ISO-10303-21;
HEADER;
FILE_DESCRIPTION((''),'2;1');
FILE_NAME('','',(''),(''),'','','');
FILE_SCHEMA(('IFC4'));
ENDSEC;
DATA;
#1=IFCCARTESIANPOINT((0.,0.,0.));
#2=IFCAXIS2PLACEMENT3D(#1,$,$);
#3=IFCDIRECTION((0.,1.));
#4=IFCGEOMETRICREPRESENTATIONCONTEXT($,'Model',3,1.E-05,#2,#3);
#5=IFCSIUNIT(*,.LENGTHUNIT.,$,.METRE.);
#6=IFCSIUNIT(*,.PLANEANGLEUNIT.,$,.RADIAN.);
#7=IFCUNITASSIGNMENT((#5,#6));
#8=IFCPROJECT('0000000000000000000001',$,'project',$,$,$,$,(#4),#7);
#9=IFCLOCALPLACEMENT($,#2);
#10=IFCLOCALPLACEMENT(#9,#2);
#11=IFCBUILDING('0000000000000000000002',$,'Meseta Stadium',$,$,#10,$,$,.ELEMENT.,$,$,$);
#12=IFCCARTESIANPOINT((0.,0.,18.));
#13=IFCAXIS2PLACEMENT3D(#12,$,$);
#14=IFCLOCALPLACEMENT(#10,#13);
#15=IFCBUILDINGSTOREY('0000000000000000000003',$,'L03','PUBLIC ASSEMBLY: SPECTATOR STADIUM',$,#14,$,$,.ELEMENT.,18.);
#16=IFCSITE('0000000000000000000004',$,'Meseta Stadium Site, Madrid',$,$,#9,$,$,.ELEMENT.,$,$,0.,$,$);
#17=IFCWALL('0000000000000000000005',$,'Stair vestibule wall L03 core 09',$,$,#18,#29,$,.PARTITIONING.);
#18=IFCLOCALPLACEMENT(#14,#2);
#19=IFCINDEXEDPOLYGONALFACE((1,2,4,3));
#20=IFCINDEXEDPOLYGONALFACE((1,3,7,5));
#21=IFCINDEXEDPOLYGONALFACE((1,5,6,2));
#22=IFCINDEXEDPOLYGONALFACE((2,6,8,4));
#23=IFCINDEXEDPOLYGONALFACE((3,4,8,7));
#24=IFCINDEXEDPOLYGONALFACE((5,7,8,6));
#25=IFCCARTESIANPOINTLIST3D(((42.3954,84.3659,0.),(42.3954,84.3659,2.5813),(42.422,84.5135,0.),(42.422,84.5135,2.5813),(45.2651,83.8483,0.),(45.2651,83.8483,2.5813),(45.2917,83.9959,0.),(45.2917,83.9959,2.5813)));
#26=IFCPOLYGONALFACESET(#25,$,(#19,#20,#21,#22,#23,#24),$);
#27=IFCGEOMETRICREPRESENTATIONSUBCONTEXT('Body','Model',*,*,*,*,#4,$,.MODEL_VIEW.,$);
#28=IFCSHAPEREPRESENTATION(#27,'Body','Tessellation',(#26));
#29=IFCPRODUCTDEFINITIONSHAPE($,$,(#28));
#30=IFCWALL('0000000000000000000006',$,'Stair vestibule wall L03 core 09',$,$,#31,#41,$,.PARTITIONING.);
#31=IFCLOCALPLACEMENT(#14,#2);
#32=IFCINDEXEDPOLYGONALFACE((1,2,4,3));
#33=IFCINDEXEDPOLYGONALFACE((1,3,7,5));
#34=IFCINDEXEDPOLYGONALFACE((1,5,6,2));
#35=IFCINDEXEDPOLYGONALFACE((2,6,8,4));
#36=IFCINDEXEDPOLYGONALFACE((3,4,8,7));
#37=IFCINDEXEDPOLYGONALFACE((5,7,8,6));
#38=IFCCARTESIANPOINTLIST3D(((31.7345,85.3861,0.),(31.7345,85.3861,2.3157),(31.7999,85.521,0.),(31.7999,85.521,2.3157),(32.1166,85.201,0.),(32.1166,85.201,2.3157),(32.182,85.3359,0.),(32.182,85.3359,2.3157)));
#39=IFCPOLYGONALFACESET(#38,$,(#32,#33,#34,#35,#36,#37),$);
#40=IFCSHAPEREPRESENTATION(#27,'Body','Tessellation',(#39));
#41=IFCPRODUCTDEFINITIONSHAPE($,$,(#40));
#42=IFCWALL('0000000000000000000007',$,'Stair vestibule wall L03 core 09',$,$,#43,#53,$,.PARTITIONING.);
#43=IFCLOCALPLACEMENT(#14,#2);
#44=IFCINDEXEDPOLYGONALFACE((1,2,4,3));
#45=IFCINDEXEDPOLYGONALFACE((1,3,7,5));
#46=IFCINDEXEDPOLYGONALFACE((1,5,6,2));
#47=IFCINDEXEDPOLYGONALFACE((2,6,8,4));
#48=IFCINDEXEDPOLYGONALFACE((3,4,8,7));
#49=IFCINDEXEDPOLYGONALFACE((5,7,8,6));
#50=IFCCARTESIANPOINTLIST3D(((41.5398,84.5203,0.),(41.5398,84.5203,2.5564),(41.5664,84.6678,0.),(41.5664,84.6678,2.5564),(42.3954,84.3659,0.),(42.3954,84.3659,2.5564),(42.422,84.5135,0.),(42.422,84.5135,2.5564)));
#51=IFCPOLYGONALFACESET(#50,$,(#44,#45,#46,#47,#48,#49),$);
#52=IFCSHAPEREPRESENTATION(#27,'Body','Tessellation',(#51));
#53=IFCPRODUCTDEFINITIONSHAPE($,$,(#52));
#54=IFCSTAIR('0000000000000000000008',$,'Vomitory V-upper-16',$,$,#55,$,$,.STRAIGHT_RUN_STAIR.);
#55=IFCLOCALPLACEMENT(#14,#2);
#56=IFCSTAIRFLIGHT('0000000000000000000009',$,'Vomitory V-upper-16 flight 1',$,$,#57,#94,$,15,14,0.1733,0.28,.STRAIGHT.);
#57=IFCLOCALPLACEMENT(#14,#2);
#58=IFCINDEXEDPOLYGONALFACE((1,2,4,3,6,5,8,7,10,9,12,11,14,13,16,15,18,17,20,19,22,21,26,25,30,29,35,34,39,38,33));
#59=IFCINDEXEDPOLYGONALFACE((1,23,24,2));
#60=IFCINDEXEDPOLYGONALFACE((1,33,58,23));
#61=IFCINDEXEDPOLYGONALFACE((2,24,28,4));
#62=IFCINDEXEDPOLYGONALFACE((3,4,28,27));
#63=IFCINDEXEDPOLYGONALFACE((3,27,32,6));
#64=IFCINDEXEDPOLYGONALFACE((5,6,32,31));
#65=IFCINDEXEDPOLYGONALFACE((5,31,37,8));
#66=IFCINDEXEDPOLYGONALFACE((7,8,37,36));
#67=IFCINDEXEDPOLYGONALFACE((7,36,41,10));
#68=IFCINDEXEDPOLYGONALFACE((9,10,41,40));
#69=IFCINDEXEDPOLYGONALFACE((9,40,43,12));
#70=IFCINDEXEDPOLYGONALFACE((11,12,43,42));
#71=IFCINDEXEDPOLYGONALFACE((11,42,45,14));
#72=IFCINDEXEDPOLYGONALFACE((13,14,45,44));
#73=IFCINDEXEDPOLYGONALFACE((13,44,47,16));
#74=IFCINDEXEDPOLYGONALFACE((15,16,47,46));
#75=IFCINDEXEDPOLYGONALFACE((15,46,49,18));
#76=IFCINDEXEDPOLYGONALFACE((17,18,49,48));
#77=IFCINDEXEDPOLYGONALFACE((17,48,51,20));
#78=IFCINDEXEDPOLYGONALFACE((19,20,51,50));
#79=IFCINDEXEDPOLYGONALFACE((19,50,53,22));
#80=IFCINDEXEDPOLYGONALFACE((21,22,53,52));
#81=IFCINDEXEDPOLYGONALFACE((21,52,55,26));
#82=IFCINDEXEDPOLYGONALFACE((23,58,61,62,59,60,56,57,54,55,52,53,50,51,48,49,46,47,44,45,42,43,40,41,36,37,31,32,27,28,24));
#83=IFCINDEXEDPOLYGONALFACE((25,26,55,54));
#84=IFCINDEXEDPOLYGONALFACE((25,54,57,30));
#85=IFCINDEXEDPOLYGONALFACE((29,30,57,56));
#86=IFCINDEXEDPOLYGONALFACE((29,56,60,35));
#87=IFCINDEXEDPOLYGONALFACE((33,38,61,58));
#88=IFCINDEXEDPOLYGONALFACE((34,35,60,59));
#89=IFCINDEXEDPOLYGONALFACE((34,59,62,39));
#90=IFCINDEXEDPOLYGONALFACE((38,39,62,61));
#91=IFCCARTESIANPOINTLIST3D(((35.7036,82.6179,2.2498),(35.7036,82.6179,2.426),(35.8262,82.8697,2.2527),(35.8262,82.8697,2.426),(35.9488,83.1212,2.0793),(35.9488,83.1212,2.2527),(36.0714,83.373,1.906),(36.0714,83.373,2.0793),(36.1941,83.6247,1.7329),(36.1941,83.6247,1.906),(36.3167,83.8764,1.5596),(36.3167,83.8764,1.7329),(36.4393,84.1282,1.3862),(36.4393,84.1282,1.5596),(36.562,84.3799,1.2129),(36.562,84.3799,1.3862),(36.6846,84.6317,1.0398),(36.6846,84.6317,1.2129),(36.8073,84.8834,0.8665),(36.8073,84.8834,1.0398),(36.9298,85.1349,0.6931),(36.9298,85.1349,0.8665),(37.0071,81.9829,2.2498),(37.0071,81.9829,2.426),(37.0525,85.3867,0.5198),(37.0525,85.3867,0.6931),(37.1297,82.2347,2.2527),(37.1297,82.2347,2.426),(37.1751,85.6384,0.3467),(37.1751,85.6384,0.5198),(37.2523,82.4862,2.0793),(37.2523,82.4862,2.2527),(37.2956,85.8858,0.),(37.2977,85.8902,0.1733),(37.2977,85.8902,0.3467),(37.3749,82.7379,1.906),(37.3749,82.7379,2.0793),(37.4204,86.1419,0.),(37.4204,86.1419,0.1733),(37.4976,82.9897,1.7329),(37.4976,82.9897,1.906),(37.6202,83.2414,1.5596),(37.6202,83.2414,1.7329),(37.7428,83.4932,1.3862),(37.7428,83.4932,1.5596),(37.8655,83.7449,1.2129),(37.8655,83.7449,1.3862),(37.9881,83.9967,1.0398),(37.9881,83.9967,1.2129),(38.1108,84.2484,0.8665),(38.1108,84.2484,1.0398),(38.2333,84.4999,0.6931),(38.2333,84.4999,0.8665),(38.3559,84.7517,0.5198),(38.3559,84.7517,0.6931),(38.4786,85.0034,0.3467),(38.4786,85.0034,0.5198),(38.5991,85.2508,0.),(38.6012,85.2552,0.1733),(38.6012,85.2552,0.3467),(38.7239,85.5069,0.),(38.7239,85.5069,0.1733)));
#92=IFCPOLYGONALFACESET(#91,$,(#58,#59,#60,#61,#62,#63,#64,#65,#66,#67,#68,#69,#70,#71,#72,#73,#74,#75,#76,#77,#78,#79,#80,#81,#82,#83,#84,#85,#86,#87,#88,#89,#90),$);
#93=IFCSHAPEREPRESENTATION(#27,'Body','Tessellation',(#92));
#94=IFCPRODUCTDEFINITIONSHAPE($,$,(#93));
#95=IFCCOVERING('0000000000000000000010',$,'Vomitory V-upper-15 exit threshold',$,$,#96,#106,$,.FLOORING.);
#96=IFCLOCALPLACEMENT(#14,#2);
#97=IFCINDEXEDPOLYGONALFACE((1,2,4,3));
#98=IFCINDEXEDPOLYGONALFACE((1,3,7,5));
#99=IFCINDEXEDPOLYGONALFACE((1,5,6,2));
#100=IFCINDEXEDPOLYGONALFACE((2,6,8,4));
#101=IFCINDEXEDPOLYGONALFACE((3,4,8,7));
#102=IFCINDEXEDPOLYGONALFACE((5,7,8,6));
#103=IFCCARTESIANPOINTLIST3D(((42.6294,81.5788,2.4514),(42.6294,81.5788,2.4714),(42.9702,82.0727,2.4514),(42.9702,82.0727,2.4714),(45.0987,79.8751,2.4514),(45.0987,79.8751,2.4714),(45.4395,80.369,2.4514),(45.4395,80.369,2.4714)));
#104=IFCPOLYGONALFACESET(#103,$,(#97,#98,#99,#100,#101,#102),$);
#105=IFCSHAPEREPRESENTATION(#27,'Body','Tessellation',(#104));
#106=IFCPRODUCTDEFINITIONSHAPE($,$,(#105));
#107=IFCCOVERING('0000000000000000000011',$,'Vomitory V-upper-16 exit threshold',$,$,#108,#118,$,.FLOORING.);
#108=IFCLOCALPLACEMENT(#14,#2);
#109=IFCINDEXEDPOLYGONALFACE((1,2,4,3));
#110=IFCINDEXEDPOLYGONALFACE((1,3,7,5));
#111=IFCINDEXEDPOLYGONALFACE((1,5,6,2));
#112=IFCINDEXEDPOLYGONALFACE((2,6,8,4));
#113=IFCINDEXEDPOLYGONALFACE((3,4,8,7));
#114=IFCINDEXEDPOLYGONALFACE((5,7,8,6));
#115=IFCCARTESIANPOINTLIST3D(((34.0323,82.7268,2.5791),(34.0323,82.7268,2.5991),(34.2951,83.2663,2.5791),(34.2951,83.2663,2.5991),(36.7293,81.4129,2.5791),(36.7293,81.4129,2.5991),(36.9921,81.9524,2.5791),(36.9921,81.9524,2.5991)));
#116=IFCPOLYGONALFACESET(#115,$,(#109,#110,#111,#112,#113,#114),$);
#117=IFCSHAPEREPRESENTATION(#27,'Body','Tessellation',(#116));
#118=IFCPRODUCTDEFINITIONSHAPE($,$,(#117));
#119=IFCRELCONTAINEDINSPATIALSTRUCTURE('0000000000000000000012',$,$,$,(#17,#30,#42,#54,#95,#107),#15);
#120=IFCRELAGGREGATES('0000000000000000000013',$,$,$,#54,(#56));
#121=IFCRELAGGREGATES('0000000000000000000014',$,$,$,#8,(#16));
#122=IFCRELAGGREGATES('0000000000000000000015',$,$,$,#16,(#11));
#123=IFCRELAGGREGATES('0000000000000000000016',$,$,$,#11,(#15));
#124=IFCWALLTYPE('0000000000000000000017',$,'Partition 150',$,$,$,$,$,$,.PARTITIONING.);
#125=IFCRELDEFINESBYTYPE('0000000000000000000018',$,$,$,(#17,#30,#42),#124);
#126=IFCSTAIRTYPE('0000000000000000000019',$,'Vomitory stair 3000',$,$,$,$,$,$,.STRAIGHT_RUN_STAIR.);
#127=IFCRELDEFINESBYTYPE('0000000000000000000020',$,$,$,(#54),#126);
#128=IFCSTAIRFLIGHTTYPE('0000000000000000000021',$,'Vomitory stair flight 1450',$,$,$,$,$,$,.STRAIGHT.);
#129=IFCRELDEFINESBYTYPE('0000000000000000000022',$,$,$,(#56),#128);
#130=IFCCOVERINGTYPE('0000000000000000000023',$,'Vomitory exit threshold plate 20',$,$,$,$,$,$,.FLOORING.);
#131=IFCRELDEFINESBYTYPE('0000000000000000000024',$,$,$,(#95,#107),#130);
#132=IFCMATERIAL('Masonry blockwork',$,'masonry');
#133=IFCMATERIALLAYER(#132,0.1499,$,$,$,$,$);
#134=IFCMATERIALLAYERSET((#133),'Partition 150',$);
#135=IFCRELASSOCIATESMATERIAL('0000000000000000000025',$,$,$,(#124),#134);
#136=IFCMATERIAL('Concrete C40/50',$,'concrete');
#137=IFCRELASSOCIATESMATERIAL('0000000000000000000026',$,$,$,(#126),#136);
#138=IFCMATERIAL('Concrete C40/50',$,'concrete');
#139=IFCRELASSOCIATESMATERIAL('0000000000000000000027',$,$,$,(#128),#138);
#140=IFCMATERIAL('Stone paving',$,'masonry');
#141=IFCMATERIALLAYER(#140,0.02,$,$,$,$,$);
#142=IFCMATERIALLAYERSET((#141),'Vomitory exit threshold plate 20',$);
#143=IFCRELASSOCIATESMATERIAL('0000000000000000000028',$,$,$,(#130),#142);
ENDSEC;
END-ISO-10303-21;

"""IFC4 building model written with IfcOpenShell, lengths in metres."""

from ifc_helpers import new_model, si_unit, direction, frame, frame_2d, origin, origin_2d, place, context, subcontext, project, spatial, polyline, rectangle, outline, extrude, material, layer, layer_set, type_object, element, aggregate, save


model = new_model("IFC4")

# Units and contexts
model_context = context("Model", 3, precision=1e-05, world=origin(), true_north=direction((0.0, 1.0)))
body_context = subcontext(model_context, "Body", "Model", "MODEL_VIEW")
ifc_project = project(units=[si_unit("LENGTHUNIT", "METRE"), si_unit("PLANEANGLEUNIT", "RADIAN")], contexts=[model_context])

# Site, building, storey
site_placement = place(None, origin())
site = spatial("IfcSite", under=ifc_project, at=site_placement, Name="Meseta Stadium Site, Madrid", CompositionType="ELEMENT", RefElevation=0.0)
building_placement = place(site_placement, origin())
building = spatial("IfcBuilding", under=site, at=building_placement, Name="Meseta Stadium", CompositionType="ELEMENT")
storey_placement = place(building_placement, frame((0.0, 0.0, 18.0)))
storey = spatial("IfcBuildingStorey", under=building, at=storey_placement, Name="L03", Description="PUBLIC ASSEMBLY: SPECTATOR STADIUM", CompositionType="ELEMENT", Elevation=18.0)

# Walls
ifc_material_1 = material(Name="Masonry blockwork", Category="masonry")
ifc_layer_1 = layer(ifc_material_1, 0.1499)
ifc_layer_set_1 = layer_set([ifc_layer_1], Name="Partition 150")
wall_type = type_object("IfcWallType", Name="Partition 150", PredefinedType="PARTITIONING", material=ifc_layer_set_1)
wall_1_placement = place(storey_placement, frame((42.4087, 84.4397, 0.0), z_axis=(0.0, 0.0, 1.0), x_axis=(0.984121, -0.1775, 0.0)))
element("IfcWall", 1, at=wall_1_placement, inside=storey, type_object=wall_type, Name="Stair vestibule wall L03 core 09", PredefinedType="PARTITIONING", context=body_context, shape_type="SweptSolid", body=[
    extrude(rectangle(XDim=2.916, YDim=0.1499, at=frame_2d((1.458, 0.0))), origin(), (0.0, 0.0, 1.0), 2.5813),
])
wall_2_placement = place(storey_placement, frame((31.7671, 85.4536, 0.0), z_axis=(0.0, 0.0, 1.0), x_axis=(0.899992, -0.435907, 0.0)))
element("IfcWall", 2, at=wall_2_placement, inside=storey, type_object=wall_type, Name="Stair vestibule wall L03 core 09", PredefinedType="PARTITIONING", context=body_context, shape_type="SweptSolid", body=[
    extrude(rectangle(XDim=0.4246, YDim=0.1499, at=frame_2d((0.2124, 0.0))), origin(), (0.0, 0.0, 1.0), 2.3157),
])
wall_3_placement = place(storey_placement, frame((41.5532, 84.594, 0.0), z_axis=(0.0, 0.0, 1.0), x_axis=(0.984121, -0.177501, 0.0)))
element("IfcWall", 3, at=wall_3_placement, inside=storey, type_object=wall_type, Name="Stair vestibule wall L03 core 09", PredefinedType="PARTITIONING", context=body_context, shape_type="SweptSolid", body=[
    extrude(rectangle(XDim=0.8694, YDim=0.1499, at=frame_2d((0.4346, 0.0))), origin(), (0.0, 0.0, 1.0), 2.5564),
])

# Stair, stair flight
ifc_material_2 = material(Name="Concrete C40/50", Category="concrete")
stair_type = type_object("IfcStairType", Name="Vomitory stair 3000", PredefinedType="STRAIGHT_RUN_STAIR", material=ifc_material_2)
stair_placement = place(storey_placement, origin())
stair = element("IfcStair", 4, at=stair_placement, inside=storey, type_object=stair_type, Name="Vomitory V-upper-16", PredefinedType="STRAIGHT_RUN_STAIR")
ifc_material_3 = material(Name="Concrete C40/50", Category="concrete")
stair_flight_type = type_object("IfcStairFlightType", Name="Vomitory stair flight 1450", PredefinedType="STRAIGHT", material=ifc_material_3)
stair_flight_placement = place(storey_placement, frame((38.072, 85.8245, 0.0), z_axis=(0.0, 0.0, 1.0), x_axis=(-0.437966, -0.898991, 0.0)))
stair_flight = element("IfcStairFlight", 5, at=stair_flight_placement, type_object=stair_flight_type, Name="Vomitory V-upper-16 flight 1", NumberOfRisers=15, NumberOfTreads=14, PredefinedType="STRAIGHT", RiserHeight=0.1733, TreadLength=0.28, context=body_context, shape_type="SweptSolid", body=[
    extrude(outline(polyline([(0.0, 0.0), (0.0, 0.1733), (0.28, 0.1733), (0.28, 0.3467), (0.5601, 0.3467), (0.5601, 0.5198), (0.8401, 0.5198), (0.8401, 0.6931), (1.1201, 0.6931), (1.1201, 0.8665), (1.3999, 0.8665), (1.3999, 1.0398), (1.6799, 1.0398), (1.6799, 1.2129), (1.96, 1.2129), (1.96, 1.3862), (2.24, 1.3862), (2.24, 1.5596), (2.52, 1.5596), (2.52, 1.7329), (2.8, 1.7329), (2.8, 1.906), (3.0801, 1.906), (3.0801, 2.0793), (3.3601, 2.0793), (3.3601, 2.2527), (3.6399, 2.2527), (3.6399, 2.426), (3.9199, 2.426), (3.9199, 2.2498), (0.2849, 0.0), (0.0, 0.0)])), frame((0.0, 0.7251, 0.0), z_axis=(0.0, -1.0, 0.0), x_axis=(1.0, 0.0, 0.0)), (0.0, 0.0, 1.0), 1.45),
])
aggregate(stair, [stair_flight])

# Coverings
ifc_material_4 = material(Name="Stone paving", Category="masonry")
ifc_layer_2 = layer(ifc_material_4, 0.02)
ifc_layer_set_2 = layer_set([ifc_layer_2], Name="Vomitory exit threshold plate 20")
covering_type = type_object("IfcCoveringType", Name="Vomitory exit threshold plate 20", PredefinedType="FLOORING", material=ifc_layer_set_2)
for number, where, z_axis, x_axis, name in (
    (6, (44.0344, 80.9739, 2.4514), (0.0, 0.0, 1.0), (-0.5679, -0.823098, 0.0), "Vomitory V-upper-15 exit threshold"),
    (7, (35.5122, 82.3396, 2.5791), (0.0, 0.0, 1.0), (-0.437966, -0.898991, 0.0), "Vomitory V-upper-16 exit threshold"),
):
    element("IfcCovering", number, at=place(storey_placement, frame(where, z_axis=z_axis, x_axis=x_axis)), inside=storey, type_object=covering_type, Name=name, PredefinedType="FLOORING", context=body_context, shape_type="SweptSolid", body=[
        extrude(rectangle(XDim=0.6001, YDim=3.0, at=origin_2d()), origin(), (0.0, 0.0, 1.0), 0.02),
    ])

save(model, "model.ifc")
